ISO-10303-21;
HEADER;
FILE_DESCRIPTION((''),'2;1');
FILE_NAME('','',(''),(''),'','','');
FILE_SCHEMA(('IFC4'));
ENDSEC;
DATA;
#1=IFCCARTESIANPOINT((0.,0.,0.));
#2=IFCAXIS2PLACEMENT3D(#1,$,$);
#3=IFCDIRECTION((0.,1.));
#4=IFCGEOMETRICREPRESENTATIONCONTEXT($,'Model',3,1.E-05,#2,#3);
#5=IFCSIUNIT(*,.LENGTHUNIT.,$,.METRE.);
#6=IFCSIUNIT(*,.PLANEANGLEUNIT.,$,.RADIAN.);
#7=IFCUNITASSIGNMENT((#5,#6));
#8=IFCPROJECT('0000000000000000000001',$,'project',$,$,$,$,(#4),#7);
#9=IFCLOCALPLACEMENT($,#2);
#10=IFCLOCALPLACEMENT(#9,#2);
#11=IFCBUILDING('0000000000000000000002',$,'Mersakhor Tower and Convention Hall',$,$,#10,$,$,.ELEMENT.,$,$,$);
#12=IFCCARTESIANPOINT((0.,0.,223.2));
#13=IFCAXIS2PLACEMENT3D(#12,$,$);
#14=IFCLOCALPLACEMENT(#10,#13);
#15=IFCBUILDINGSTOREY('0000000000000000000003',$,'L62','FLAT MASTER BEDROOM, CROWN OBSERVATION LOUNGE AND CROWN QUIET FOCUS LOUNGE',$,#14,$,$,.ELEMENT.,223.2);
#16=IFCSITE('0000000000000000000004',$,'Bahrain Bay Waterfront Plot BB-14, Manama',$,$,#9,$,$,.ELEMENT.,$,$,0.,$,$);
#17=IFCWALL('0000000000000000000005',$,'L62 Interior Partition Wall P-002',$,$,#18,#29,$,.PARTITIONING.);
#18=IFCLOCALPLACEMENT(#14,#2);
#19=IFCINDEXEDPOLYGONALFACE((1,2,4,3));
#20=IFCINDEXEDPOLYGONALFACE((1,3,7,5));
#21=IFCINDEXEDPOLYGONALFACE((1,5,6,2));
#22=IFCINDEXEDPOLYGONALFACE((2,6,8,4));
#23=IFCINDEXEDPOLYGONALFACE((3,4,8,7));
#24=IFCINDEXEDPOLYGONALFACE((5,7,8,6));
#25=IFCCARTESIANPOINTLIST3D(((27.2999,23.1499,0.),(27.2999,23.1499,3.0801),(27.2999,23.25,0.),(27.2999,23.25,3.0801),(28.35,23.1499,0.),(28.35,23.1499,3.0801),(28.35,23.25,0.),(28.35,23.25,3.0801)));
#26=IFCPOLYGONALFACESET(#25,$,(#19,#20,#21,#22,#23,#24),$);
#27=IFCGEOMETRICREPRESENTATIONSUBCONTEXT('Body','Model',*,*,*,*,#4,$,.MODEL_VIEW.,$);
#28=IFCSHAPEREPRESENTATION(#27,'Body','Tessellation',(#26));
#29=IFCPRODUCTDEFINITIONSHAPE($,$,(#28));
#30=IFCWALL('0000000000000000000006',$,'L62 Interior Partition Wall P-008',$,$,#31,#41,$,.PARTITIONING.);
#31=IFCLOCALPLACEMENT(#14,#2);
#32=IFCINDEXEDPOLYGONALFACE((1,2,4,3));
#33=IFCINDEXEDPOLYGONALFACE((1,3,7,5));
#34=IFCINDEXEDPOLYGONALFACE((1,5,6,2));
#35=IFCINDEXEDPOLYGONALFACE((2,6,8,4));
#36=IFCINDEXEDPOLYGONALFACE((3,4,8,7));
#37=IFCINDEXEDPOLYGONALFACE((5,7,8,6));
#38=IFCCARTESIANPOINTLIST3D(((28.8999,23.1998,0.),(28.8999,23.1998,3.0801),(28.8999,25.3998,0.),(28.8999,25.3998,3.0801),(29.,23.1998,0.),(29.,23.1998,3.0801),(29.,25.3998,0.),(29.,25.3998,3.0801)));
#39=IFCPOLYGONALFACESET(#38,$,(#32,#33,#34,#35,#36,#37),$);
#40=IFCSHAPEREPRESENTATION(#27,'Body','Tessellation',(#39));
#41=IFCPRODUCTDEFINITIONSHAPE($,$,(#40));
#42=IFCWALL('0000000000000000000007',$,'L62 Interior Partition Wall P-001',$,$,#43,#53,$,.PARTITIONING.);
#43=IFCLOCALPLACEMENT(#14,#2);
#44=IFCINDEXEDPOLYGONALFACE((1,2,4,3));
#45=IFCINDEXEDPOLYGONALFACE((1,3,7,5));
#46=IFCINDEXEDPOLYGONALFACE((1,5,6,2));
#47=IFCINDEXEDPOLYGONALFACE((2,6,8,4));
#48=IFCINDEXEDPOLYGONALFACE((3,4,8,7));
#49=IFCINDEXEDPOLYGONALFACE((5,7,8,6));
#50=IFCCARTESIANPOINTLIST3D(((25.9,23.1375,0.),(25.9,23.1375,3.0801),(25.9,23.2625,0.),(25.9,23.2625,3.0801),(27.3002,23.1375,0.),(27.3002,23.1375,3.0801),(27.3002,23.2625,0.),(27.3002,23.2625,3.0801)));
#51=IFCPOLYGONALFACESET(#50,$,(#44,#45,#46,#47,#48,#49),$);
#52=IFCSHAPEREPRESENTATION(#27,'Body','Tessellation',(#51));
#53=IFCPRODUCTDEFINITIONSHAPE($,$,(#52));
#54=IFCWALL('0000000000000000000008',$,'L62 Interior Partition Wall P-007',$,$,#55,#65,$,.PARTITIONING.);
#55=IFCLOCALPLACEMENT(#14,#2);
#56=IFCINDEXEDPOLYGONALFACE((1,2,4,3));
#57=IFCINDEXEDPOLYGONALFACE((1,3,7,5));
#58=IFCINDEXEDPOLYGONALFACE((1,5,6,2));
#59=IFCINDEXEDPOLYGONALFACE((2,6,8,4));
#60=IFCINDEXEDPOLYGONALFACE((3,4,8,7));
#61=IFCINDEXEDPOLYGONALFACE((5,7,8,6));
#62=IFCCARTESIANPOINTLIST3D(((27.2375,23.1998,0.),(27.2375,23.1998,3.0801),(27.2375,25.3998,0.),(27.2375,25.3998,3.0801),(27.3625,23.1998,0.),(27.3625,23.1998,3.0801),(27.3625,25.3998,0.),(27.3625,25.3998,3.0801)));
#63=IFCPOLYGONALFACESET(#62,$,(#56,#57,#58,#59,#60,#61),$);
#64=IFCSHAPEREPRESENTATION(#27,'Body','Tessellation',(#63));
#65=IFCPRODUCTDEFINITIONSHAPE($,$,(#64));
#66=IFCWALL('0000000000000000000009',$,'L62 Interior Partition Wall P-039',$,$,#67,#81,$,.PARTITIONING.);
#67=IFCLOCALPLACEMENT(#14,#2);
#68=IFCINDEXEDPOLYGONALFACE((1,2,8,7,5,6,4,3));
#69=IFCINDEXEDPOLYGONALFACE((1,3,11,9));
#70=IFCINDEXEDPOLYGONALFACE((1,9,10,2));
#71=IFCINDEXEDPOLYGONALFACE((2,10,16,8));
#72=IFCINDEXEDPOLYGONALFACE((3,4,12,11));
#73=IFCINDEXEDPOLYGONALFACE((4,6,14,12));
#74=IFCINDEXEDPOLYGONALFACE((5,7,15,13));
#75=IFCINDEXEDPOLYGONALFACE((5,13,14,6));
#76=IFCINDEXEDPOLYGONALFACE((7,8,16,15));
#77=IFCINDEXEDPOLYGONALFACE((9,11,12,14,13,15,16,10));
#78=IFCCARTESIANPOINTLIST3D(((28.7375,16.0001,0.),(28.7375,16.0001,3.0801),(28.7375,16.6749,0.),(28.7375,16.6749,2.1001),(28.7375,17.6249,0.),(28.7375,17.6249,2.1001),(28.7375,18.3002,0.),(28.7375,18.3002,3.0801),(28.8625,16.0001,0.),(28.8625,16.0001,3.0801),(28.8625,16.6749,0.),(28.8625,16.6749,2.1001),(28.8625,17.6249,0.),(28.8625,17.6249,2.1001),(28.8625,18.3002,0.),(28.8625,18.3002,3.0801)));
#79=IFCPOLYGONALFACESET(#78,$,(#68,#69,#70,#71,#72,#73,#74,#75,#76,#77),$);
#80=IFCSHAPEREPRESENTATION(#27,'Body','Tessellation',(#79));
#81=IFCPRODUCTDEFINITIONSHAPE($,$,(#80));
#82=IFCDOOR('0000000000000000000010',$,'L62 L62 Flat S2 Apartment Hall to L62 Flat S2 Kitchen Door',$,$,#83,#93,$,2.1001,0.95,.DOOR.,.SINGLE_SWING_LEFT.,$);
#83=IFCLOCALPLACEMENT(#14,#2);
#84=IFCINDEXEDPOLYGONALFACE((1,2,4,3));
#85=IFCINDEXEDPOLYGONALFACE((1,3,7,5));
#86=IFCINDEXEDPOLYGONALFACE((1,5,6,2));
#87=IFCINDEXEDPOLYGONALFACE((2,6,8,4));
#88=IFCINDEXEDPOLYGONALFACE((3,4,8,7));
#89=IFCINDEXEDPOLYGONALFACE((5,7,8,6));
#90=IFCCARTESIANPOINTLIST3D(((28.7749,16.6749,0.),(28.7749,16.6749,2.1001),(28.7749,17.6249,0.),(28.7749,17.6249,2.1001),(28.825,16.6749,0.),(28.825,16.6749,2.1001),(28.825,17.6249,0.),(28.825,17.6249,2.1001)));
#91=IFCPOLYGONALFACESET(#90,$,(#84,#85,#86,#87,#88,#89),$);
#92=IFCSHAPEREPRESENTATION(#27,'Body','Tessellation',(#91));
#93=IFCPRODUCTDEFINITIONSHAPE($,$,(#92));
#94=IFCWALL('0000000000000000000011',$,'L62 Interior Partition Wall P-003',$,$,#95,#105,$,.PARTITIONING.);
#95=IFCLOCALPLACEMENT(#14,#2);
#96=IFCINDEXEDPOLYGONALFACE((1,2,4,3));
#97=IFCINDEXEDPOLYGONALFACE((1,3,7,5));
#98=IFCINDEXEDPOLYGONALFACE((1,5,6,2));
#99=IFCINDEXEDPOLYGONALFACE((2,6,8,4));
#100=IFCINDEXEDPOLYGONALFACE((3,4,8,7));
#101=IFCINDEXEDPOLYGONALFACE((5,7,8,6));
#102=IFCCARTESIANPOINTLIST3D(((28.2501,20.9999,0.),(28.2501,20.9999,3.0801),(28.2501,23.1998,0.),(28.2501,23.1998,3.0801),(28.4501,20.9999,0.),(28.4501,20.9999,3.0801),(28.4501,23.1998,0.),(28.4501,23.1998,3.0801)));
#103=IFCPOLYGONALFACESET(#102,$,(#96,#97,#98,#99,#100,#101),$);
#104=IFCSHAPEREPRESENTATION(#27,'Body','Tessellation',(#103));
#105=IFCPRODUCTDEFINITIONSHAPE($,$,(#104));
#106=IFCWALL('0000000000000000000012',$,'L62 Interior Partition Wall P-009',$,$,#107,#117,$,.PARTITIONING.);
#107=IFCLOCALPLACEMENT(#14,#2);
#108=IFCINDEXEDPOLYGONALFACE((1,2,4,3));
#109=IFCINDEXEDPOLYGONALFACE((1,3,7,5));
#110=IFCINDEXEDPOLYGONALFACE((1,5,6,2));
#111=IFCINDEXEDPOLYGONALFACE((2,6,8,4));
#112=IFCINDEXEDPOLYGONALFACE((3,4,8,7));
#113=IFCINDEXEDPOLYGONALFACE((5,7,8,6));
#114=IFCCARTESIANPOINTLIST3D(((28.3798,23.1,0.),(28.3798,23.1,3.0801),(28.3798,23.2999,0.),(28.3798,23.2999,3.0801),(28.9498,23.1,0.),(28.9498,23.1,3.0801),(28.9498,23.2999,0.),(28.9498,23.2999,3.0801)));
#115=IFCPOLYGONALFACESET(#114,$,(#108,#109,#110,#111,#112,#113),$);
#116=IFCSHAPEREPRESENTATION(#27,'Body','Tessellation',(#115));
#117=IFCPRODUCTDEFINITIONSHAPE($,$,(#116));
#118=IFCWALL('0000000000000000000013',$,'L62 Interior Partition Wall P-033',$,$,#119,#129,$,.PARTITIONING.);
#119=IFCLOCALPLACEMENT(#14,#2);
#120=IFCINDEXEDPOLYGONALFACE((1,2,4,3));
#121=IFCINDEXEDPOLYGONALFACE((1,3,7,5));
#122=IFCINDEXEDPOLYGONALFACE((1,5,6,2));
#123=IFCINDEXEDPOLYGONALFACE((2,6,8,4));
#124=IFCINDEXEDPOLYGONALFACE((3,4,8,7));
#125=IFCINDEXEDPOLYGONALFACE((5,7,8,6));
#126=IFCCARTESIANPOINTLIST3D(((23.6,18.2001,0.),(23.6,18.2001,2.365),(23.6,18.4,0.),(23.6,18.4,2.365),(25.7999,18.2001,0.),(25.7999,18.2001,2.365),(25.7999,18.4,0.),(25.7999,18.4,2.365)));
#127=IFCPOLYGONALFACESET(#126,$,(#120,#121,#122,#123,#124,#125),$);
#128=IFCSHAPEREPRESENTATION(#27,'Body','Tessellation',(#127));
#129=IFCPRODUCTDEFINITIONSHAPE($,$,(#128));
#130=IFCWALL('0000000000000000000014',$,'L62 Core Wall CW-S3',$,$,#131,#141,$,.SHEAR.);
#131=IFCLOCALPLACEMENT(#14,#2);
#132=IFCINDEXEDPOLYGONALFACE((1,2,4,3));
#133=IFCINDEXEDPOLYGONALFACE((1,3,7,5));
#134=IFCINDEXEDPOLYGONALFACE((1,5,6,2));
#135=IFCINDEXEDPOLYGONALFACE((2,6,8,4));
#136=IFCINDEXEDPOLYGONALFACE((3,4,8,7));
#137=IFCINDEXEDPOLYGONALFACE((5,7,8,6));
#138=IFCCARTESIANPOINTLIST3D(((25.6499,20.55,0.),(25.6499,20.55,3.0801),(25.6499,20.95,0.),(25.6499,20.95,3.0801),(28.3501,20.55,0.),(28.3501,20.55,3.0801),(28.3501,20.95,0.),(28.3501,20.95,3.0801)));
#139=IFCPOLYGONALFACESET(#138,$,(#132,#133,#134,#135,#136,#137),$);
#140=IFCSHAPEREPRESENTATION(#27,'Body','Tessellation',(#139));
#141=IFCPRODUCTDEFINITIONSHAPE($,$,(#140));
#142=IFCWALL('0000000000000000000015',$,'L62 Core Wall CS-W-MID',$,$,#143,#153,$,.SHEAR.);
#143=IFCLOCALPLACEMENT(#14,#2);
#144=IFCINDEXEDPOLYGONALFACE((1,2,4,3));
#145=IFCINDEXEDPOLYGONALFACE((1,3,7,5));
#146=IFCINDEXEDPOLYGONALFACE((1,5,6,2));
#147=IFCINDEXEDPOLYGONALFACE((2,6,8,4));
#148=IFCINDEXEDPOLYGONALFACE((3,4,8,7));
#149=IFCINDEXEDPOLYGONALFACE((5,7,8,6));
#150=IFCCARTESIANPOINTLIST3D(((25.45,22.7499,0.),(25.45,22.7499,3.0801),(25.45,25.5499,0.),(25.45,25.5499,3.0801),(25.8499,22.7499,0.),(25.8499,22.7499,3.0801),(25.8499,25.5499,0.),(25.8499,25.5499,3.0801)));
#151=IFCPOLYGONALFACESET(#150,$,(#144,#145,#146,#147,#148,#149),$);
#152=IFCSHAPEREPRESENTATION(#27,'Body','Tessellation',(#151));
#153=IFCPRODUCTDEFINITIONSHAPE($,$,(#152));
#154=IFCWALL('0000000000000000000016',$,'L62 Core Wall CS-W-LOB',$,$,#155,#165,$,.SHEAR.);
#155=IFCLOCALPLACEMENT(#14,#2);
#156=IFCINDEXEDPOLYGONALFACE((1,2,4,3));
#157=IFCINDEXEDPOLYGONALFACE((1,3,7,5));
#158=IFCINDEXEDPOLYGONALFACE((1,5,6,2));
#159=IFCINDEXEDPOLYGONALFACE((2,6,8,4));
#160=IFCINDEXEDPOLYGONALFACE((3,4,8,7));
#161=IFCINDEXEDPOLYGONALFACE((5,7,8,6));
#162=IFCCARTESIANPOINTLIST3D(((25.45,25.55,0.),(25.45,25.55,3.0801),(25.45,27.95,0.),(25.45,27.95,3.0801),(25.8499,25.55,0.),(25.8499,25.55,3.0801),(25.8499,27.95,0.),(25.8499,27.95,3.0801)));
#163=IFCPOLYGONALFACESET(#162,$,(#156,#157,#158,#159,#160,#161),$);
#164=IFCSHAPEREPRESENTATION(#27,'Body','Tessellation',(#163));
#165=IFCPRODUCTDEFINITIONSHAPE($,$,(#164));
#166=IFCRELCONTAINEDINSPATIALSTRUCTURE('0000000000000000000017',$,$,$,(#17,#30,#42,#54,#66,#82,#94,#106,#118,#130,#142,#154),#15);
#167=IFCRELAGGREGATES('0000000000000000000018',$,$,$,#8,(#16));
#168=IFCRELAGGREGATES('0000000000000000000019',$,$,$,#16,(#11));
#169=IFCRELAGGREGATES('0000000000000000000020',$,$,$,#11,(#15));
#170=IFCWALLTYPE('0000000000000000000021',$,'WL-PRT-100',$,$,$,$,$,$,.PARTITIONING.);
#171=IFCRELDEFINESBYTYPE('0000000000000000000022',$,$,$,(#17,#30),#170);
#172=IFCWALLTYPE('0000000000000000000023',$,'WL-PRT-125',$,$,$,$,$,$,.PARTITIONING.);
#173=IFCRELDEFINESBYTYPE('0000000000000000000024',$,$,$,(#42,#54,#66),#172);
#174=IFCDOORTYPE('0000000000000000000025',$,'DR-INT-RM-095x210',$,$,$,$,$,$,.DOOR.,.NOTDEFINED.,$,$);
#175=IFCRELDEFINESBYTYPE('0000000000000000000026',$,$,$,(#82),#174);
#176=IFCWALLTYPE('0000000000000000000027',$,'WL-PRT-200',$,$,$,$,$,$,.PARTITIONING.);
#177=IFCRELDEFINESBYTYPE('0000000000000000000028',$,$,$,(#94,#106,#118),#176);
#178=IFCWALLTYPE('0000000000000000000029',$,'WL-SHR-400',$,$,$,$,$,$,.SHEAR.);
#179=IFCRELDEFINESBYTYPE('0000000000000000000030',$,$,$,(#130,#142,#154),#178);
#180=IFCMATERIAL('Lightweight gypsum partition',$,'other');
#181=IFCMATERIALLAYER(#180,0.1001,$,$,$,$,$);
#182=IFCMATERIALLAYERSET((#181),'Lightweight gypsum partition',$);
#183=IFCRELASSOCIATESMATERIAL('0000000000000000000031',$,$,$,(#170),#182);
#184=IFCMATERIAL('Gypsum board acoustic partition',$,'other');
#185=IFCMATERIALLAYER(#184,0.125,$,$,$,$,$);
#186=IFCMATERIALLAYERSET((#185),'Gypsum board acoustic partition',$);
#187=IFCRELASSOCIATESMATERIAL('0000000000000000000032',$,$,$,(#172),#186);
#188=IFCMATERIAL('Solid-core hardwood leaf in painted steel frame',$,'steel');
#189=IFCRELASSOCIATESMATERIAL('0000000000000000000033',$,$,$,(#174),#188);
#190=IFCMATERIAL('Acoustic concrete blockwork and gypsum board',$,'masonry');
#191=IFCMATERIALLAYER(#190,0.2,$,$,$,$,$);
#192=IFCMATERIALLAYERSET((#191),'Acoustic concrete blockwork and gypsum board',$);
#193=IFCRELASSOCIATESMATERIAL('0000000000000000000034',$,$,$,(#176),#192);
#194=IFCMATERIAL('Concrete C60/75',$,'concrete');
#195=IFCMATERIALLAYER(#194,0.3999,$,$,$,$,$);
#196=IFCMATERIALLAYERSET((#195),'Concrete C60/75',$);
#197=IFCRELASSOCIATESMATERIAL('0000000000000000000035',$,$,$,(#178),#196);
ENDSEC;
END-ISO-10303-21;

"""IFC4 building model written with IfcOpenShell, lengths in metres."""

from ifc_helpers import new_model, si_unit, direction, frame, frame_2d, origin, place, context, subcontext, project, spatial, rectangle, extrude, material, layer, layer_set, type_object, element, fill, save


model = new_model("IFC4")

# Units and contexts
model_context = context("Model", 3, precision=1e-05, world=origin(), true_north=direction((0.0, 1.0)))
body_context = subcontext(model_context, "Body", "Model", "MODEL_VIEW")
ifc_project = project(units=[si_unit("LENGTHUNIT", "METRE"), si_unit("PLANEANGLEUNIT", "RADIAN")], contexts=[model_context])

# Site, building, storey
site_placement = place(None, origin())
site = spatial("IfcSite", under=ifc_project, at=site_placement, Name="Bahrain Bay Waterfront Plot BB-14, Manama", CompositionType="ELEMENT", RefElevation=0.0)
building_placement = place(site_placement, origin())
building = spatial("IfcBuilding", under=site, at=building_placement, Name="Mersakhor Tower and Convention Hall", CompositionType="ELEMENT")
storey_placement = place(building_placement, frame((0.0, 0.0, 223.2)))
storey = spatial("IfcBuildingStorey", under=building, at=storey_placement, Name="L62", Description="FLAT MASTER BEDROOM, CROWN OBSERVATION LOUNGE AND CROWN QUIET FOCUS LOUNGE", CompositionType="ELEMENT", Elevation=223.2)

# Walls
ifc_material_1 = material(Name="Lightweight gypsum partition", Category="other")
ifc_layer_1 = layer(ifc_material_1, 0.1001)
ifc_layer_set_1 = layer_set([ifc_layer_1], Name="Lightweight gypsum partition")
wall_type_1 = type_object("IfcWallType", Name="WL-PRT-100", PredefinedType="PARTITIONING", material=ifc_layer_set_1)
wall_1_placement = place(storey_placement, frame((27.3, 23.2, 0.0), z_axis=(0.0, 0.0, 1.0), x_axis=(1.0, 0.0, 0.0)))
element("IfcWall", 1, at=wall_1_placement, inside=storey, type_object=wall_type_1, Name="L62 Interior Partition Wall P-002", PredefinedType="PARTITIONING", context=body_context, shape_type="SweptSolid", body=[
    extrude(rectangle(XDim=1.05, YDim=0.1001, at=frame_2d((0.5249, 0.0))), origin(), (0.0, 0.0, 1.0), 3.0801),
])
wall_2_placement = place(storey_placement, frame((28.95, 25.3999, 0.0), z_axis=(0.0, 0.0, 1.0), x_axis=(0.0, -1.0, 0.0)))
element("IfcWall", 2, at=wall_2_placement, inside=storey, type_object=wall_type_1, Name="L62 Interior Partition Wall P-008", PredefinedType="PARTITIONING", context=body_context, shape_type="SweptSolid", body=[
    extrude(rectangle(XDim=2.2, YDim=0.1001, at=frame_2d((1.1001, 0.0))), origin(), (0.0, 0.0, 1.0), 3.0801),
])
ifc_material_2 = material(Name="Gypsum board acoustic partition", Category="other")
ifc_layer_2 = layer(ifc_material_2, 0.125)
ifc_layer_set_2 = layer_set([ifc_layer_2], Name="Gypsum board acoustic partition")
wall_type_2 = type_object("IfcWallType", Name="WL-PRT-125", PredefinedType="PARTITIONING", material=ifc_layer_set_2)
wall_3_placement = place(storey_placement, frame((25.8999, 23.2, 0.0), z_axis=(0.0, 0.0, 1.0), x_axis=(1.0, 0.0, 0.0)))
element("IfcWall", 3, at=wall_3_placement, inside=storey, type_object=wall_type_2, Name="L62 Interior Partition Wall P-001", PredefinedType="PARTITIONING", context=body_context, shape_type="SweptSolid", body=[
    extrude(rectangle(XDim=1.4001, YDim=0.125, at=frame_2d((0.7002, 0.0))), origin(), (0.0, 0.0, 1.0), 3.0801),
])
wall_4_placement = place(storey_placement, frame((27.3, 25.3999, 0.0), z_axis=(0.0, 0.0, 1.0), x_axis=(0.0, -1.0, 0.0)))
element("IfcWall", 4, at=wall_4_placement, inside=storey, type_object=wall_type_2, Name="L62 Interior Partition Wall P-007", PredefinedType="PARTITIONING", context=body_context, shape_type="SweptSolid", body=[
    extrude(rectangle(XDim=2.2, YDim=0.125, at=frame_2d((1.1001, 0.0))), origin(), (0.0, 0.0, 1.0), 3.0801),
])

# Wall, opening, door
wall_5_placement = place(storey_placement, frame((28.8, 18.3, 0.0), z_axis=(0.0, 0.0, 1.0), x_axis=(0.0, -1.0, 0.0)))
wall_5 = element("IfcWall", 5, at=wall_5_placement, inside=storey, type_object=wall_type_2, Name="L62 Interior Partition Wall P-039", PredefinedType="PARTITIONING", context=body_context, shape_type="SweptSolid", body=[
    extrude(rectangle(XDim=2.3, YDim=0.125, at=frame_2d((1.1499, 0.0))), origin(), (0.0, 0.0, 1.0), 3.0801),
])
opening_1_placement = place(wall_5_placement, frame((0.675, 0.0, 0.0)))
opening_1 = element("IfcOpeningElement", 6, at=opening_1_placement, cuts=wall_5, PredefinedType="OPENING", context=body_context, shape_type="SweptSolid", body=[
    extrude(rectangle(XDim=0.95, YDim=2.1001, at=frame_2d((0.4751, 1.05))), frame((0.0, 0.0725, 0.0), z_axis=(0.0, -1.0, 0.0), x_axis=(1.0, 0.0, 0.0)), (0.0, 0.0, 1.0), 0.145),
])
ifc_material_3 = material(Name="Solid-core hardwood leaf in painted steel frame", Category="steel")
door_type_1 = type_object("IfcDoorType", Name="DR-INT-RM-095x210", OperationType="NOTDEFINED", PredefinedType="DOOR", material=ifc_material_3)
door_1_placement = place(opening_1_placement, origin())
door_1 = element("IfcDoor", 7, at=door_1_placement, inside=storey, type_object=door_type_1, Name="L62 L62 Flat S2 Apartment Hall to L62 Flat S2 Kitchen Door", OperationType="SINGLE_SWING_LEFT", OverallHeight=2.1001, OverallWidth=0.95, PredefinedType="DOOR", context=body_context, shape_type="SweptSolid", body=[
    extrude(rectangle(XDim=0.95, YDim=2.1001, at=frame_2d((0.4751, 1.05))), frame((0.0, 0.0249, 0.0), z_axis=(0.0, -1.0, 0.0), x_axis=(1.0, 0.0, 0.0)), (0.0, 0.0, 1.0), 0.05),
])
fill(opening_1, door_1)

# Shared definitions
ifc_material_4 = material(Name="Acoustic concrete blockwork and gypsum board", Category="masonry")
ifc_layer_3 = layer(ifc_material_4, 0.2)
ifc_layer_set_3 = layer_set([ifc_layer_3], Name="Acoustic concrete blockwork and gypsum board")
wall_type_3 = type_object("IfcWallType", Name="WL-PRT-200", PredefinedType="PARTITIONING", material=ifc_layer_set_3)

# Walls
wall_6_placement = place(storey_placement, frame((28.3501, 23.2, 0.0), z_axis=(0.0, 0.0, 1.0), x_axis=(0.0, -1.0, 0.0)))
element("IfcWall", 8, at=wall_6_placement, inside=storey, type_object=wall_type_3, Name="L62 Interior Partition Wall P-003", PredefinedType="PARTITIONING", context=body_context, shape_type="SweptSolid", body=[
    extrude(rectangle(XDim=2.2, YDim=0.2, at=frame_2d((1.1001, 0.0))), origin(), (0.0, 0.0, 1.0), 3.0801),
])
wall_7_placement = place(storey_placement, frame((28.95, 23.2, 0.0), z_axis=(0.0, 0.0, 1.0), x_axis=(-1.0, 0.0, 0.0)))
element("IfcWall", 9, at=wall_7_placement, inside=storey, type_object=wall_type_3, Name="L62 Interior Partition Wall P-009", PredefinedType="PARTITIONING", context=body_context, shape_type="SweptSolid", body=[
    extrude(rectangle(XDim=0.5701, YDim=0.2, at=frame_2d((0.2852, 0.0))), origin(), (0.0, 0.0, 1.0), 3.0801),
])

# Wall
wall_8_placement = place(storey_placement, frame((25.8, 18.3, 0.0), z_axis=(0.0, 0.0, 1.0), x_axis=(-1.0, 0.0, 0.0)))
element("IfcWall", 10, at=wall_8_placement, inside=storey, type_object=wall_type_3, Name="L62 Interior Partition Wall P-033", PredefinedType="PARTITIONING", context=body_context, shape_type="SweptSolid", body=[
    extrude(rectangle(XDim=2.2, YDim=0.2, at=frame_2d((1.1001, 0.0))), origin(), (0.0, 0.0, 1.0), 2.365),
])

# Wall
ifc_material_5 = material(Name="Concrete C60/75", Category="concrete")
ifc_layer_4 = layer(ifc_material_5, 0.3999)
ifc_layer_set_4 = layer_set([ifc_layer_4], Name="Concrete C60/75")
wall_type_4 = type_object("IfcWallType", Name="WL-SHR-400", PredefinedType="SHEAR", material=ifc_layer_set_4)
wall_9_placement = place(storey_placement, frame((28.3501, 20.75, 0.0), z_axis=(0.0, 0.0, 1.0), x_axis=(-1.0, 0.0, 0.0)))
element("IfcWall", 11, at=wall_9_placement, inside=storey, type_object=wall_type_4, Name="L62 Core Wall CW-S3", PredefinedType="SHEAR", context=body_context, shape_type="SweptSolid", body=[
    extrude(rectangle(XDim=2.7002, YDim=0.3999, at=frame_2d((1.3501, 0.0))), origin(), (0.0, 0.0, 1.0), 3.0801),
])

# Walls
wall_10_placement = place(storey_placement, frame((25.6499, 22.75, 0.0), z_axis=(0.0, 0.0, 1.0), x_axis=(0.0, 1.0, 0.0)))
element("IfcWall", 12, at=wall_10_placement, inside=storey, type_object=wall_type_4, Name="L62 Core Wall CS-W-MID", PredefinedType="SHEAR", context=body_context, shape_type="SweptSolid", body=[
    extrude(rectangle(XDim=2.8, YDim=0.3999, at=frame_2d((1.3999, 0.0))), origin(), (0.0, 0.0, 1.0), 3.0801),
])
wall_11_placement = place(storey_placement, frame((25.6499, 25.55, 0.0), z_axis=(0.0, 0.0, 1.0), x_axis=(0.0, 1.0, 0.0)))
element("IfcWall", 13, at=wall_11_placement, inside=storey, type_object=wall_type_4, Name="L62 Core Wall CS-W-LOB", PredefinedType="SHEAR", context=body_context, shape_type="SweptSolid", body=[
    extrude(rectangle(XDim=2.3999, YDim=0.3999, at=frame_2d((1.2, 0.0))), origin(), (0.0, 0.0, 1.0), 3.0801),
])

save(model, "model.ifc")
